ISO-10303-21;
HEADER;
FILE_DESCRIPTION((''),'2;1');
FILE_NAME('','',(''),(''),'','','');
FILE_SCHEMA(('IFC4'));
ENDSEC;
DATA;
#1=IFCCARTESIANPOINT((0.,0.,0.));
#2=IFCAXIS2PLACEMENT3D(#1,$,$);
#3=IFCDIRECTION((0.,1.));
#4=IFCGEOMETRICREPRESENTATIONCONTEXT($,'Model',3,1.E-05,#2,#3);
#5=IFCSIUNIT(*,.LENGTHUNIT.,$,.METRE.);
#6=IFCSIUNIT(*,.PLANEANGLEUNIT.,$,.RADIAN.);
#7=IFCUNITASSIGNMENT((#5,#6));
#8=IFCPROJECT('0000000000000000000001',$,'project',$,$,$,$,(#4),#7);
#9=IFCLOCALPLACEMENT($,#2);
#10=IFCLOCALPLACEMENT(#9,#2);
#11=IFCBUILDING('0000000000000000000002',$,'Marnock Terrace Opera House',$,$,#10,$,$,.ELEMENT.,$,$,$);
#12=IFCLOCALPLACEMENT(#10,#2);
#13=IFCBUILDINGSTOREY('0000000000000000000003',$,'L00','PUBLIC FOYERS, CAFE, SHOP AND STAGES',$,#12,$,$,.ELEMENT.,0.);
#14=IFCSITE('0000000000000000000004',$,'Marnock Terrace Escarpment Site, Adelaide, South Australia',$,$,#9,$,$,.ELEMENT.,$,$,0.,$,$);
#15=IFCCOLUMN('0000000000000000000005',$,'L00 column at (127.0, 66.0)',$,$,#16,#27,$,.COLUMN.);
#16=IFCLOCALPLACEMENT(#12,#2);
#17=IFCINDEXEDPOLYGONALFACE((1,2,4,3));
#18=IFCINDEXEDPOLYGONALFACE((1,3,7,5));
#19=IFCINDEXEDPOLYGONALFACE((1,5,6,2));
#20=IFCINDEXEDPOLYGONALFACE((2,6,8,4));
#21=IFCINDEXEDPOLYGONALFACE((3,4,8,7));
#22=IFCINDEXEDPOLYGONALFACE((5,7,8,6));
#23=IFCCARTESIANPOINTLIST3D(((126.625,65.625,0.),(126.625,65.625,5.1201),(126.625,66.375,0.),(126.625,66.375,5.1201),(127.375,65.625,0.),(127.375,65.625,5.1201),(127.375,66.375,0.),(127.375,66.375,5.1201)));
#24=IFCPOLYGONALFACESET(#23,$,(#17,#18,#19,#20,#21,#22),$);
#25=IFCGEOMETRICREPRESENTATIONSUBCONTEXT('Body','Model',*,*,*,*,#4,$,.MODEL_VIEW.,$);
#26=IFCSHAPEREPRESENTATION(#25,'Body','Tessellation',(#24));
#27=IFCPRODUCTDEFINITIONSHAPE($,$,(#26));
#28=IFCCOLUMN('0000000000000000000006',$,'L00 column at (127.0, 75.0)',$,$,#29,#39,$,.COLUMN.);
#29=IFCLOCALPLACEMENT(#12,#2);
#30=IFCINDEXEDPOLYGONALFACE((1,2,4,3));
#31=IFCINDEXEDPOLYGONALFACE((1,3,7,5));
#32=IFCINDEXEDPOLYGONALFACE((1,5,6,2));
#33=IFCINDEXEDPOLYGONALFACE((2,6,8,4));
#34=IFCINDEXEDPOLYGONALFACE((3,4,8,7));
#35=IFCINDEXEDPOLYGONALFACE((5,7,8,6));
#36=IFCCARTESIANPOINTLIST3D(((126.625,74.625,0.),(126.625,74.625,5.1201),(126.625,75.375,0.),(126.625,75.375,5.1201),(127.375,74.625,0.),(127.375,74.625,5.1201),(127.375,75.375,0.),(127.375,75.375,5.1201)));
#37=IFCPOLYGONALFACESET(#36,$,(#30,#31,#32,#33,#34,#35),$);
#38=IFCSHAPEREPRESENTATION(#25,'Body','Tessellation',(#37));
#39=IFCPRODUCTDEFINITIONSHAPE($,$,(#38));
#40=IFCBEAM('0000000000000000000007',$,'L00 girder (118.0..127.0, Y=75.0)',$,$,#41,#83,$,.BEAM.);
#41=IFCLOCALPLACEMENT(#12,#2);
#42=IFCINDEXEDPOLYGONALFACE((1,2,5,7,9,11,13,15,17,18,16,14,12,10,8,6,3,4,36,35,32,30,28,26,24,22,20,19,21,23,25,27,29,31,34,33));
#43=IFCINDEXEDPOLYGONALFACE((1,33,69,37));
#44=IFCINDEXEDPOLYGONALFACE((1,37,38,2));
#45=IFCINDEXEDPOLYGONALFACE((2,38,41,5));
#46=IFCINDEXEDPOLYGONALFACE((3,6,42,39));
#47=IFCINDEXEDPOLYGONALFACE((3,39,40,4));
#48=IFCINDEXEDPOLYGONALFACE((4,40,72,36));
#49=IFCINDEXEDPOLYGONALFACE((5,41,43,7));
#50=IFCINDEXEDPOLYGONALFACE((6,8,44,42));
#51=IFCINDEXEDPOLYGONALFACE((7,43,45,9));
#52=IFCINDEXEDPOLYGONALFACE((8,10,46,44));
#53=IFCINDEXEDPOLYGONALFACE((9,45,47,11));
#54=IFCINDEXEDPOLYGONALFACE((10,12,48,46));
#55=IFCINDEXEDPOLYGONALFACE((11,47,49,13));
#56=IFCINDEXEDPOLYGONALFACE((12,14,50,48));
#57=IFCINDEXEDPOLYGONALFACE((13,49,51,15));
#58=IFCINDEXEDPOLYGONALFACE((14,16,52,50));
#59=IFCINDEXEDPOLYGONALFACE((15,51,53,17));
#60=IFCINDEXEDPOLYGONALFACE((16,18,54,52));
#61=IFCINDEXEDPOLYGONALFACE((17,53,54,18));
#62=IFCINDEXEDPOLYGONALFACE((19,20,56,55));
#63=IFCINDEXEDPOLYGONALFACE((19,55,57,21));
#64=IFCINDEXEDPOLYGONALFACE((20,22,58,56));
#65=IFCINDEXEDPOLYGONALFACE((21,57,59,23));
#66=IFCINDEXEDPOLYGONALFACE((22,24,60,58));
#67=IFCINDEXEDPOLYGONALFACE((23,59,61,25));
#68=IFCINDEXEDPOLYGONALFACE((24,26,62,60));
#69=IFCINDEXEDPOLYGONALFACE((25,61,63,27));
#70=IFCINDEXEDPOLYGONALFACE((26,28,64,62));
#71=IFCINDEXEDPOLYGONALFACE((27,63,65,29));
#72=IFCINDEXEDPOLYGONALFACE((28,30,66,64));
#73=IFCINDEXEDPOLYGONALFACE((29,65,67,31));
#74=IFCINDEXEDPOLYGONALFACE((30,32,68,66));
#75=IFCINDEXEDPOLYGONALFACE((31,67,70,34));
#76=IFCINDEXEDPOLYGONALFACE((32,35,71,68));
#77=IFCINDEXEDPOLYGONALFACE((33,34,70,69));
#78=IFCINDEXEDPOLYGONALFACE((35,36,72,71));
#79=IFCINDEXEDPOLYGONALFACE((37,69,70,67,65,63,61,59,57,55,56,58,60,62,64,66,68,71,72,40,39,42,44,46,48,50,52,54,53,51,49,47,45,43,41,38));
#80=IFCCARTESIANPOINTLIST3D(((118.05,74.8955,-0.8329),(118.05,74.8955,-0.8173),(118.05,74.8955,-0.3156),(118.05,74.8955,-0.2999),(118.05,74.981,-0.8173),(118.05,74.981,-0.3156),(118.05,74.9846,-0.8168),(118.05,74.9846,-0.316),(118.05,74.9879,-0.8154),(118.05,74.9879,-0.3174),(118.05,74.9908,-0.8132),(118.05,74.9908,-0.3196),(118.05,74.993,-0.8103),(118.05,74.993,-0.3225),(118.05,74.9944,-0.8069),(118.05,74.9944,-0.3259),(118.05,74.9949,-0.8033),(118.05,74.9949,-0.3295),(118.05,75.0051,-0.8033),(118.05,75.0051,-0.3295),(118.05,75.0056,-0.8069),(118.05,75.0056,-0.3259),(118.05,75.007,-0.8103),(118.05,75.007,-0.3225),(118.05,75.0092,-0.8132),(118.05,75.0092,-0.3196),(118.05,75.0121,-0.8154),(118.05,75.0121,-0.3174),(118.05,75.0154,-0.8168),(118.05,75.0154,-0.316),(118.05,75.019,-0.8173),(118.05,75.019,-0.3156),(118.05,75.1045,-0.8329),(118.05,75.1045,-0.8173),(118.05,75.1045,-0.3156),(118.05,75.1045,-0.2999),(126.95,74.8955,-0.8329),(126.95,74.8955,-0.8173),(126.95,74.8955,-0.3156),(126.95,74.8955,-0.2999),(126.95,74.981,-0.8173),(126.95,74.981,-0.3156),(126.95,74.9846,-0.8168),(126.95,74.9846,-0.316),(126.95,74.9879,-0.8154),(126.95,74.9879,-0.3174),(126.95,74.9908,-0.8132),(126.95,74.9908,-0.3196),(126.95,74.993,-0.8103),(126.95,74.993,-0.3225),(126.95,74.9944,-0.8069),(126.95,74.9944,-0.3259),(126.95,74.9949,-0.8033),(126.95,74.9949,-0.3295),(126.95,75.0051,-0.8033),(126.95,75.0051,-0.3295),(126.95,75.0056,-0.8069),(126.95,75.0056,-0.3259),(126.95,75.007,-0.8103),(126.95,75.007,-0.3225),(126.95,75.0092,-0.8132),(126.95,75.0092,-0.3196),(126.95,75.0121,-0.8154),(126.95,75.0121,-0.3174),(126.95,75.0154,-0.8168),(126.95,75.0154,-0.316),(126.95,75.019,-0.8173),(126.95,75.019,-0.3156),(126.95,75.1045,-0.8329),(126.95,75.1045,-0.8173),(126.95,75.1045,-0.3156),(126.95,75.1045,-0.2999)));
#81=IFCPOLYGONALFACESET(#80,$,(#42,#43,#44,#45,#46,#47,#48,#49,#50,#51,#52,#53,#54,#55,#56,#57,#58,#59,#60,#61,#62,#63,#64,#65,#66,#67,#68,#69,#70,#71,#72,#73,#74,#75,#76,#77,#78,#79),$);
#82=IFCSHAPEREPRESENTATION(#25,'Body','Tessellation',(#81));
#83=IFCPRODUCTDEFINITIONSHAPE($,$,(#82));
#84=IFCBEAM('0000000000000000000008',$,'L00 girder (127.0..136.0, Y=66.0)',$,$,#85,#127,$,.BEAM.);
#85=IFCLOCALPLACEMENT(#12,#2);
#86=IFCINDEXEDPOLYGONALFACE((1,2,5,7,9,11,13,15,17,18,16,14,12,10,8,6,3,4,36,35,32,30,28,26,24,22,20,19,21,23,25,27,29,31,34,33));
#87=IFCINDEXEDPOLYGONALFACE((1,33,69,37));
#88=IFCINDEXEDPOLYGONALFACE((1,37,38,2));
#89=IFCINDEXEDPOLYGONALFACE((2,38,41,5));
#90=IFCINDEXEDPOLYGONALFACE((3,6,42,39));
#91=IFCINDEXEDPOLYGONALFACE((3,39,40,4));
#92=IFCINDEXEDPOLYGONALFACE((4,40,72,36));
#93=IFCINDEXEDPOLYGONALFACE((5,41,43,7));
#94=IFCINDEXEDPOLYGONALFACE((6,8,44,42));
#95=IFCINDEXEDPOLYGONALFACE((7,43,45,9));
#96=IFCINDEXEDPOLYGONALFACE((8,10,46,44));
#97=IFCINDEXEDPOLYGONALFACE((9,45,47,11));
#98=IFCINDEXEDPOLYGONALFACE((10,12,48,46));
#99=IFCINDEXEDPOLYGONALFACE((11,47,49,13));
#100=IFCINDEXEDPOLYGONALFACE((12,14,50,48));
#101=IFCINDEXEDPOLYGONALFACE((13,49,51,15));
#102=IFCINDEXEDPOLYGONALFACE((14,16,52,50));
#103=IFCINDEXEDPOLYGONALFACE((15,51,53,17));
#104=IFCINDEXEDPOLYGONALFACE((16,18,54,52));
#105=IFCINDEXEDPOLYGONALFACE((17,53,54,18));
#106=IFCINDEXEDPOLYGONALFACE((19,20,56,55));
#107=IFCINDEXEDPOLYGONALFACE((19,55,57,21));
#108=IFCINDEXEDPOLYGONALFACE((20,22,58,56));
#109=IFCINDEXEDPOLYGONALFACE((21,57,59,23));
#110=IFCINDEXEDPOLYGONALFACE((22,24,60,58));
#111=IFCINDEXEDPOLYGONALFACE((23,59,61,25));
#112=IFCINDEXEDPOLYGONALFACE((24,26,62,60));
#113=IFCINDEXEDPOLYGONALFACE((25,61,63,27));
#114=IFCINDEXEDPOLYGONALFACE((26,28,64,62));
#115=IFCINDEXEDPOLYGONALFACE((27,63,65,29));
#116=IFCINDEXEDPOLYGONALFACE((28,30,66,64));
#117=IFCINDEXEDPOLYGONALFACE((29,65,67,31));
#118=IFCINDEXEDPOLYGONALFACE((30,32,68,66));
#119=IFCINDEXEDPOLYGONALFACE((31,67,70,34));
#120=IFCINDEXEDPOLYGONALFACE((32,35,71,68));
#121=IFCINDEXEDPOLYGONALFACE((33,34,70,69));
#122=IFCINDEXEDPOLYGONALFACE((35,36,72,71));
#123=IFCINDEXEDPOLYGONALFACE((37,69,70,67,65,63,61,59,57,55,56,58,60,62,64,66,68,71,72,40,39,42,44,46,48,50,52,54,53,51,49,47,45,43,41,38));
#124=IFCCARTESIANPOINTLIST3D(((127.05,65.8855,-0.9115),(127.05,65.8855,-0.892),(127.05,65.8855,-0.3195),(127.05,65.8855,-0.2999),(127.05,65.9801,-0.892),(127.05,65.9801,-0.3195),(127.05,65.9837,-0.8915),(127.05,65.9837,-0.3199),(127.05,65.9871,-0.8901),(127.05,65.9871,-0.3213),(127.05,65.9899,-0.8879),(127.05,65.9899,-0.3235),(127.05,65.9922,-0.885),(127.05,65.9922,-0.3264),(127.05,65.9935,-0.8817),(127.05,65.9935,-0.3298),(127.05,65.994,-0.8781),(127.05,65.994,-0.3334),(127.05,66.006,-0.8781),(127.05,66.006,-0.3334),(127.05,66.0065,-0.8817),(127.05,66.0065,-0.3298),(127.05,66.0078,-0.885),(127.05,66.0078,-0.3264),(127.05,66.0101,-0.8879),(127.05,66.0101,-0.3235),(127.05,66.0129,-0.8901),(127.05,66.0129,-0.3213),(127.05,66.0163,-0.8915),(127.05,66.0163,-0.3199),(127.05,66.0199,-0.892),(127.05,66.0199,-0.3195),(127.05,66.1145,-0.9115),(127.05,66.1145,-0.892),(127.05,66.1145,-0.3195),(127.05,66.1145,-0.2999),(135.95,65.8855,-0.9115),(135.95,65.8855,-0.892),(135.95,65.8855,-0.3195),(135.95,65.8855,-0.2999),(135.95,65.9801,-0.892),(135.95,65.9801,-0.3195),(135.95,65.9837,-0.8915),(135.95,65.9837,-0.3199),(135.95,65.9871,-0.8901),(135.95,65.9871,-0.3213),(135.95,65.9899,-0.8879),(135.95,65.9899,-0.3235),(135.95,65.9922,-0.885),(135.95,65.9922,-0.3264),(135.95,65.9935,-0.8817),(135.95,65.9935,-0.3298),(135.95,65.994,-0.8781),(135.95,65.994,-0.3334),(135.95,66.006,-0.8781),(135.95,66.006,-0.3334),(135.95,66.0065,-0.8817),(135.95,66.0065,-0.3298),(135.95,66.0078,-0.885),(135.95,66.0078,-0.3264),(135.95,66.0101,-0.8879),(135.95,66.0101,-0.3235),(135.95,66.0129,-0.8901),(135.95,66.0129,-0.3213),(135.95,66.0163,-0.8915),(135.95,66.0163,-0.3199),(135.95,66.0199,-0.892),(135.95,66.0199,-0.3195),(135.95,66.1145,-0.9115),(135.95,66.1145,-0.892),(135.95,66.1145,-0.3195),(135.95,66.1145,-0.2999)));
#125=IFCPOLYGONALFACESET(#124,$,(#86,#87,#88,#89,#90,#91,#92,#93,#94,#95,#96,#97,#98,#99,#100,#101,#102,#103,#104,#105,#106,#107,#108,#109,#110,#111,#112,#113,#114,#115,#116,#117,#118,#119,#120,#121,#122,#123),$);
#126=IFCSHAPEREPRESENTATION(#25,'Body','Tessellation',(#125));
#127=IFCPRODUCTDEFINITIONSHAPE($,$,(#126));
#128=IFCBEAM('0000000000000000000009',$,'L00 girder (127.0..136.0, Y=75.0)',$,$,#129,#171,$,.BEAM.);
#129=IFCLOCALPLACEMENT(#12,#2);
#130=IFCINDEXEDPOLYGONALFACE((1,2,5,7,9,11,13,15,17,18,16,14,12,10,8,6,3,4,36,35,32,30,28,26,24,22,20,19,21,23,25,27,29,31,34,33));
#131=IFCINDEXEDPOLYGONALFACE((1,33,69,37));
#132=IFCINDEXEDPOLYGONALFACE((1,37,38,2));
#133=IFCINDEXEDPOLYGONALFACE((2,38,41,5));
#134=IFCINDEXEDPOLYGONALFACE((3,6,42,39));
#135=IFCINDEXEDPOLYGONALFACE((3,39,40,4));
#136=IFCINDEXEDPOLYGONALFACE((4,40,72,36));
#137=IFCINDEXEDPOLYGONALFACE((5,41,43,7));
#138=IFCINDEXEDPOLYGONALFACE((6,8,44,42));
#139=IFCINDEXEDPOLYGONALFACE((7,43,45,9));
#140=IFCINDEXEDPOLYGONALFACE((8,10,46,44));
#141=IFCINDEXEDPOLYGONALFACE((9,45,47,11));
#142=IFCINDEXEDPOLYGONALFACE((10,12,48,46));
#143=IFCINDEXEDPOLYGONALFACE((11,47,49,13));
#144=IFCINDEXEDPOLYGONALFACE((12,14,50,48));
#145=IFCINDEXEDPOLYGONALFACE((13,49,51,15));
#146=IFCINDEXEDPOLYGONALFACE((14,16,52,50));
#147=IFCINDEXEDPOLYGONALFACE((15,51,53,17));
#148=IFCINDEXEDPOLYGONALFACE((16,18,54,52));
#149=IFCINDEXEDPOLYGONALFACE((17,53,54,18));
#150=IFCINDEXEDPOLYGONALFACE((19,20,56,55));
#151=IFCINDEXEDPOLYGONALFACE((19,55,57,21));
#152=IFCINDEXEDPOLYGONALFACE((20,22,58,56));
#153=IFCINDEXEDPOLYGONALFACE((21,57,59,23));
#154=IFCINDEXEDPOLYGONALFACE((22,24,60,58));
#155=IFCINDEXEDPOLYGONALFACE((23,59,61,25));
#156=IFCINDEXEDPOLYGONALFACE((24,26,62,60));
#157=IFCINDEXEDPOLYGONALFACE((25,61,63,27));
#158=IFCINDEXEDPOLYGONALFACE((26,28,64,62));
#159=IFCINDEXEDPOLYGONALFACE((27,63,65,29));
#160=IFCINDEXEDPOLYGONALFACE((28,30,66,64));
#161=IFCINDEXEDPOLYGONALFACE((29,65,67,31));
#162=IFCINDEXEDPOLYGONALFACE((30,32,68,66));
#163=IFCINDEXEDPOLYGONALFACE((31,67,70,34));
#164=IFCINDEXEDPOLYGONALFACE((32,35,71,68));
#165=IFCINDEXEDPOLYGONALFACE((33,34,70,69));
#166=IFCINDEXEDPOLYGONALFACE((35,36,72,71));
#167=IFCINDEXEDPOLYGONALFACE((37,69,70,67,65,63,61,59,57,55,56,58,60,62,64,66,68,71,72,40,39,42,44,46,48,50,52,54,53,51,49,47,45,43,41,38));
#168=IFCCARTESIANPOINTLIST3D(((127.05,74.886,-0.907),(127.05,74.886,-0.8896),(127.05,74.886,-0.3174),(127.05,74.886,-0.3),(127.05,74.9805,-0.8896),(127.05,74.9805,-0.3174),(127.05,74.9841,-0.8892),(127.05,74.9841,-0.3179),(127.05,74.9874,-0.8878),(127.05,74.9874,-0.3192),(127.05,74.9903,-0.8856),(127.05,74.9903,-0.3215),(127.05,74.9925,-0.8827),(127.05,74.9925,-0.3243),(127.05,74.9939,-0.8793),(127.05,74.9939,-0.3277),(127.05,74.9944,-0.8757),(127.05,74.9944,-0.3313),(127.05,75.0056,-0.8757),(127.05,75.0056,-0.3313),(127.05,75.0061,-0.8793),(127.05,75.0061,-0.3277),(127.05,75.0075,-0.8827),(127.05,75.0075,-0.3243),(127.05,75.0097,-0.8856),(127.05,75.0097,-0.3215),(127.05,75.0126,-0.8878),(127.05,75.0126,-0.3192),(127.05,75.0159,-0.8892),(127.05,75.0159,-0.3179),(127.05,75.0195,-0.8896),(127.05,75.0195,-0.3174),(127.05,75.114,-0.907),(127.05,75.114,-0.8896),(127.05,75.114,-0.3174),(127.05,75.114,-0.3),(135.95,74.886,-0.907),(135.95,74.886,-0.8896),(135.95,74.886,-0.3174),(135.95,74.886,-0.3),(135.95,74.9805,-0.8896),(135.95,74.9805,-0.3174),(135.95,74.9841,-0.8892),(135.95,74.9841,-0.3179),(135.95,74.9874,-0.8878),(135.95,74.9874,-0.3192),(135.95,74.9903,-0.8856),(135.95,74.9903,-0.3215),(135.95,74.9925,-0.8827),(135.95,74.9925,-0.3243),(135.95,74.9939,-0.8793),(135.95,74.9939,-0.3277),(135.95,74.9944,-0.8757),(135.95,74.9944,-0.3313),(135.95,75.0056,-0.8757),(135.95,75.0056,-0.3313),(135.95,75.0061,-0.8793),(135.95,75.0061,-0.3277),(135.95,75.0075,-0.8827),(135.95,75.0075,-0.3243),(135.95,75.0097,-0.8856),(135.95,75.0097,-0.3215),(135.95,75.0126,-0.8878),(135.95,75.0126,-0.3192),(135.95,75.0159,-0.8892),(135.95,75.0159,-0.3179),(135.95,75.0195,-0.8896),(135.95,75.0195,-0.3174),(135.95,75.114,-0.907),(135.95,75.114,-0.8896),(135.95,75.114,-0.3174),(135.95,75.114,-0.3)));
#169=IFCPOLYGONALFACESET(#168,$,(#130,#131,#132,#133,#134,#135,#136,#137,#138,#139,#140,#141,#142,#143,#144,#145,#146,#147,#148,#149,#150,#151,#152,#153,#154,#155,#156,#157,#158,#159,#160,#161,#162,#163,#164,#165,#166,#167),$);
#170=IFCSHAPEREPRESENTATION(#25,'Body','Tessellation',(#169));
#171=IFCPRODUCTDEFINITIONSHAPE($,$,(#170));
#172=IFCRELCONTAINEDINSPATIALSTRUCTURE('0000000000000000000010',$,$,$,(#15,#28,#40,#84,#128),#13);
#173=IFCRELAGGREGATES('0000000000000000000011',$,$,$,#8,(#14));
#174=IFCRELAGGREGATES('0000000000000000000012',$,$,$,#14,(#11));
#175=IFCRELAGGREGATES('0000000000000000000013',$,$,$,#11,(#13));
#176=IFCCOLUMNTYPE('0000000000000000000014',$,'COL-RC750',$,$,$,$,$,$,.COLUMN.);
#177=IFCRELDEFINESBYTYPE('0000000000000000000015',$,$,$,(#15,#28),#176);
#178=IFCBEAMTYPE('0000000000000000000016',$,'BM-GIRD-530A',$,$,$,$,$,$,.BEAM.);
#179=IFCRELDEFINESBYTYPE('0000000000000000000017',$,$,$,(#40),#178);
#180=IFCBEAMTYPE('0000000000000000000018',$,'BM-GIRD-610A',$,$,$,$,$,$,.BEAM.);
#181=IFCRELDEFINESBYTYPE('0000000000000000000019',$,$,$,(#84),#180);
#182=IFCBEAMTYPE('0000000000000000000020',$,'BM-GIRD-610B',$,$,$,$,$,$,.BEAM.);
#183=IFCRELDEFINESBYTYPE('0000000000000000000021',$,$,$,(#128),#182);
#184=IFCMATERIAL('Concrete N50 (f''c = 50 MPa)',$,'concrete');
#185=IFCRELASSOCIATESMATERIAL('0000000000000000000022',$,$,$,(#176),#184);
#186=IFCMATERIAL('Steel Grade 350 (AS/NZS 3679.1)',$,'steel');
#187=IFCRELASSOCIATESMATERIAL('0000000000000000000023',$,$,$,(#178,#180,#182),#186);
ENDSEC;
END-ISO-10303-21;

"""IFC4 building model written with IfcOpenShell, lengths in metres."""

from ifc_helpers import new_model, si_unit, direction, frame, origin, origin_2d, place, context, subcontext, project, spatial, rectangle, i_section, extrude, material, material_profile, profile_set, type_object, element, save


model = new_model("IFC4")

# Units and contexts
model_context = context("Model", 3, precision=1e-05, world=origin(), true_north=direction((0.0, 1.0)))
body_context = subcontext(model_context, "Body", "Model", "MODEL_VIEW")
ifc_project = project(units=[si_unit("LENGTHUNIT", "METRE"), si_unit("PLANEANGLEUNIT", "RADIAN")], contexts=[model_context])

# Site, building, storey
site_placement = place(None, origin())
site = spatial("IfcSite", under=ifc_project, at=site_placement, Name="Marnock Terrace Escarpment Site, Adelaide, South Australia", CompositionType="ELEMENT", RefElevation=0.0)
building_placement = place(site_placement, origin())
building = spatial("IfcBuilding", under=site, at=building_placement, Name="Marnock Terrace Opera House", CompositionType="ELEMENT")
storey_placement = place(building_placement, origin())
storey = spatial("IfcBuildingStorey", under=building, at=storey_placement, Name="L00", Description="PUBLIC FOYERS, CAFE, SHOP AND STAGES", CompositionType="ELEMENT", Elevation=0.0)

# Columns
ifc_material_1 = material(Name="Concrete N50 (f'c = 50 MPa)", Category="concrete")
ifc_material_profile_1 = material_profile(ifc_material_1, rectangle(XDim=0.75, YDim=0.75, at=origin_2d()))
ifc_profile_set_1 = profile_set([ifc_material_profile_1], Name="Concrete N50 (f'c = 50 MPa)")
column_type = type_object("IfcColumnType", Name="COL-RC750", PredefinedType="COLUMN", material=ifc_profile_set_1)
for number, where, z_axis, x_axis, name in (
    (1, (127.0, 66.0, 0.0), (0.0, 0.0, 1.0), (1.0, 0.0, 0.0), "L00 column at (127.0, 66.0)"),
    (2, (127.0, 75.0, 0.0), (0.0, 0.0, 1.0), (1.0, 0.0, 0.0), "L00 column at (127.0, 75.0)"),
):
    element("IfcColumn", number, at=place(storey_placement, frame(where, z_axis=z_axis, x_axis=x_axis)), inside=storey, type_object=column_type, Name=name, PredefinedType="COLUMN", context=body_context, shape_type="SweptSolid", body=[
        extrude(rectangle(XDim=0.75, YDim=0.75, at=origin_2d()), origin(), (0.0, 0.0, 1.0), 5.1201),
    ])

# Beams
ifc_material_2 = material(Name="Steel Grade 350 (AS/NZS 3679.1)", Category="steel")
ifc_material_profile_2 = material_profile(ifc_material_2, i_section(OverallWidth=0.209, OverallDepth=0.533, WebThickness=0.0103, FlangeThickness=0.0156, FilletRadius=0.0139, at=origin_2d()))
ifc_profile_set_2 = profile_set([ifc_material_profile_2], Name="Steel Grade 350 (AS/NZS 3679.1)")
beam_type_1 = type_object("IfcBeamType", Name="BM-GIRD-530A", PredefinedType="BEAM", material=ifc_profile_set_2)
beam_1_placement = place(storey_placement, frame((118.05, 75.0, -0.5664), z_axis=(1.0, 0.0, 0.0), x_axis=(0.0, 1.0, 0.0)))
element("IfcBeam", 3, at=beam_1_placement, inside=storey, type_object=beam_type_1, Name="L00 girder (118.0..127.0, Y=75.0)", PredefinedType="BEAM", context=body_context, shape_type="SweptSolid", body=[
    extrude(i_section(OverallWidth=0.209, OverallDepth=0.533, WebThickness=0.0103, FlangeThickness=0.0156, FilletRadius=0.0139, at=origin_2d()), origin(), (0.0, 0.0, 1.0), 8.8999),
])
ifc_material_profile_3 = material_profile(ifc_material_2, i_section(OverallWidth=0.229, OverallDepth=0.6116, WebThickness=0.012, FlangeThickness=0.0195, FilletRadius=0.0139, at=origin_2d()))
ifc_profile_set_3 = profile_set([ifc_material_profile_3], Name="Steel Grade 350 (AS/NZS 3679.1)")
beam_type_2 = type_object("IfcBeamType", Name="BM-GIRD-610A", PredefinedType="BEAM", material=ifc_profile_set_3)
beam_2_placement = place(storey_placement, frame((127.05, 66.0, -0.6057), z_axis=(1.0, 0.0, 0.0), x_axis=(0.0, 1.0, 0.0)))
element("IfcBeam", 4, at=beam_2_placement, inside=storey, type_object=beam_type_2, Name="L00 girder (127.0..136.0, Y=66.0)", PredefinedType="BEAM", context=body_context, shape_type="SweptSolid", body=[
    extrude(i_section(OverallWidth=0.229, OverallDepth=0.6116, WebThickness=0.012, FlangeThickness=0.0195, FilletRadius=0.0139, at=origin_2d()), origin(), (0.0, 0.0, 1.0), 8.8999),
])
ifc_material_profile_4 = material_profile(ifc_material_2, i_section(OverallWidth=0.228, OverallDepth=0.6069, WebThickness=0.0112, FlangeThickness=0.0173, FilletRadius=0.0139, at=origin_2d()))
ifc_profile_set_4 = profile_set([ifc_material_profile_4], Name="Steel Grade 350 (AS/NZS 3679.1)")
beam_type_3 = type_object("IfcBeamType", Name="BM-GIRD-610B", PredefinedType="BEAM", material=ifc_profile_set_4)
beam_3_placement = place(storey_placement, frame((127.05, 75.0, -0.6035), z_axis=(1.0, 0.0, 0.0), x_axis=(0.0, 1.0, 0.0)))
element("IfcBeam", 5, at=beam_3_placement, inside=storey, type_object=beam_type_3, Name="L00 girder (127.0..136.0, Y=75.0)", PredefinedType="BEAM", context=body_context, shape_type="SweptSolid", body=[
    extrude(i_section(OverallWidth=0.228, OverallDepth=0.6069, WebThickness=0.0112, FlangeThickness=0.0173, FilletRadius=0.0139, at=origin_2d()), origin(), (0.0, 0.0, 1.0), 8.8999),
])

save(model, "model.ifc")
